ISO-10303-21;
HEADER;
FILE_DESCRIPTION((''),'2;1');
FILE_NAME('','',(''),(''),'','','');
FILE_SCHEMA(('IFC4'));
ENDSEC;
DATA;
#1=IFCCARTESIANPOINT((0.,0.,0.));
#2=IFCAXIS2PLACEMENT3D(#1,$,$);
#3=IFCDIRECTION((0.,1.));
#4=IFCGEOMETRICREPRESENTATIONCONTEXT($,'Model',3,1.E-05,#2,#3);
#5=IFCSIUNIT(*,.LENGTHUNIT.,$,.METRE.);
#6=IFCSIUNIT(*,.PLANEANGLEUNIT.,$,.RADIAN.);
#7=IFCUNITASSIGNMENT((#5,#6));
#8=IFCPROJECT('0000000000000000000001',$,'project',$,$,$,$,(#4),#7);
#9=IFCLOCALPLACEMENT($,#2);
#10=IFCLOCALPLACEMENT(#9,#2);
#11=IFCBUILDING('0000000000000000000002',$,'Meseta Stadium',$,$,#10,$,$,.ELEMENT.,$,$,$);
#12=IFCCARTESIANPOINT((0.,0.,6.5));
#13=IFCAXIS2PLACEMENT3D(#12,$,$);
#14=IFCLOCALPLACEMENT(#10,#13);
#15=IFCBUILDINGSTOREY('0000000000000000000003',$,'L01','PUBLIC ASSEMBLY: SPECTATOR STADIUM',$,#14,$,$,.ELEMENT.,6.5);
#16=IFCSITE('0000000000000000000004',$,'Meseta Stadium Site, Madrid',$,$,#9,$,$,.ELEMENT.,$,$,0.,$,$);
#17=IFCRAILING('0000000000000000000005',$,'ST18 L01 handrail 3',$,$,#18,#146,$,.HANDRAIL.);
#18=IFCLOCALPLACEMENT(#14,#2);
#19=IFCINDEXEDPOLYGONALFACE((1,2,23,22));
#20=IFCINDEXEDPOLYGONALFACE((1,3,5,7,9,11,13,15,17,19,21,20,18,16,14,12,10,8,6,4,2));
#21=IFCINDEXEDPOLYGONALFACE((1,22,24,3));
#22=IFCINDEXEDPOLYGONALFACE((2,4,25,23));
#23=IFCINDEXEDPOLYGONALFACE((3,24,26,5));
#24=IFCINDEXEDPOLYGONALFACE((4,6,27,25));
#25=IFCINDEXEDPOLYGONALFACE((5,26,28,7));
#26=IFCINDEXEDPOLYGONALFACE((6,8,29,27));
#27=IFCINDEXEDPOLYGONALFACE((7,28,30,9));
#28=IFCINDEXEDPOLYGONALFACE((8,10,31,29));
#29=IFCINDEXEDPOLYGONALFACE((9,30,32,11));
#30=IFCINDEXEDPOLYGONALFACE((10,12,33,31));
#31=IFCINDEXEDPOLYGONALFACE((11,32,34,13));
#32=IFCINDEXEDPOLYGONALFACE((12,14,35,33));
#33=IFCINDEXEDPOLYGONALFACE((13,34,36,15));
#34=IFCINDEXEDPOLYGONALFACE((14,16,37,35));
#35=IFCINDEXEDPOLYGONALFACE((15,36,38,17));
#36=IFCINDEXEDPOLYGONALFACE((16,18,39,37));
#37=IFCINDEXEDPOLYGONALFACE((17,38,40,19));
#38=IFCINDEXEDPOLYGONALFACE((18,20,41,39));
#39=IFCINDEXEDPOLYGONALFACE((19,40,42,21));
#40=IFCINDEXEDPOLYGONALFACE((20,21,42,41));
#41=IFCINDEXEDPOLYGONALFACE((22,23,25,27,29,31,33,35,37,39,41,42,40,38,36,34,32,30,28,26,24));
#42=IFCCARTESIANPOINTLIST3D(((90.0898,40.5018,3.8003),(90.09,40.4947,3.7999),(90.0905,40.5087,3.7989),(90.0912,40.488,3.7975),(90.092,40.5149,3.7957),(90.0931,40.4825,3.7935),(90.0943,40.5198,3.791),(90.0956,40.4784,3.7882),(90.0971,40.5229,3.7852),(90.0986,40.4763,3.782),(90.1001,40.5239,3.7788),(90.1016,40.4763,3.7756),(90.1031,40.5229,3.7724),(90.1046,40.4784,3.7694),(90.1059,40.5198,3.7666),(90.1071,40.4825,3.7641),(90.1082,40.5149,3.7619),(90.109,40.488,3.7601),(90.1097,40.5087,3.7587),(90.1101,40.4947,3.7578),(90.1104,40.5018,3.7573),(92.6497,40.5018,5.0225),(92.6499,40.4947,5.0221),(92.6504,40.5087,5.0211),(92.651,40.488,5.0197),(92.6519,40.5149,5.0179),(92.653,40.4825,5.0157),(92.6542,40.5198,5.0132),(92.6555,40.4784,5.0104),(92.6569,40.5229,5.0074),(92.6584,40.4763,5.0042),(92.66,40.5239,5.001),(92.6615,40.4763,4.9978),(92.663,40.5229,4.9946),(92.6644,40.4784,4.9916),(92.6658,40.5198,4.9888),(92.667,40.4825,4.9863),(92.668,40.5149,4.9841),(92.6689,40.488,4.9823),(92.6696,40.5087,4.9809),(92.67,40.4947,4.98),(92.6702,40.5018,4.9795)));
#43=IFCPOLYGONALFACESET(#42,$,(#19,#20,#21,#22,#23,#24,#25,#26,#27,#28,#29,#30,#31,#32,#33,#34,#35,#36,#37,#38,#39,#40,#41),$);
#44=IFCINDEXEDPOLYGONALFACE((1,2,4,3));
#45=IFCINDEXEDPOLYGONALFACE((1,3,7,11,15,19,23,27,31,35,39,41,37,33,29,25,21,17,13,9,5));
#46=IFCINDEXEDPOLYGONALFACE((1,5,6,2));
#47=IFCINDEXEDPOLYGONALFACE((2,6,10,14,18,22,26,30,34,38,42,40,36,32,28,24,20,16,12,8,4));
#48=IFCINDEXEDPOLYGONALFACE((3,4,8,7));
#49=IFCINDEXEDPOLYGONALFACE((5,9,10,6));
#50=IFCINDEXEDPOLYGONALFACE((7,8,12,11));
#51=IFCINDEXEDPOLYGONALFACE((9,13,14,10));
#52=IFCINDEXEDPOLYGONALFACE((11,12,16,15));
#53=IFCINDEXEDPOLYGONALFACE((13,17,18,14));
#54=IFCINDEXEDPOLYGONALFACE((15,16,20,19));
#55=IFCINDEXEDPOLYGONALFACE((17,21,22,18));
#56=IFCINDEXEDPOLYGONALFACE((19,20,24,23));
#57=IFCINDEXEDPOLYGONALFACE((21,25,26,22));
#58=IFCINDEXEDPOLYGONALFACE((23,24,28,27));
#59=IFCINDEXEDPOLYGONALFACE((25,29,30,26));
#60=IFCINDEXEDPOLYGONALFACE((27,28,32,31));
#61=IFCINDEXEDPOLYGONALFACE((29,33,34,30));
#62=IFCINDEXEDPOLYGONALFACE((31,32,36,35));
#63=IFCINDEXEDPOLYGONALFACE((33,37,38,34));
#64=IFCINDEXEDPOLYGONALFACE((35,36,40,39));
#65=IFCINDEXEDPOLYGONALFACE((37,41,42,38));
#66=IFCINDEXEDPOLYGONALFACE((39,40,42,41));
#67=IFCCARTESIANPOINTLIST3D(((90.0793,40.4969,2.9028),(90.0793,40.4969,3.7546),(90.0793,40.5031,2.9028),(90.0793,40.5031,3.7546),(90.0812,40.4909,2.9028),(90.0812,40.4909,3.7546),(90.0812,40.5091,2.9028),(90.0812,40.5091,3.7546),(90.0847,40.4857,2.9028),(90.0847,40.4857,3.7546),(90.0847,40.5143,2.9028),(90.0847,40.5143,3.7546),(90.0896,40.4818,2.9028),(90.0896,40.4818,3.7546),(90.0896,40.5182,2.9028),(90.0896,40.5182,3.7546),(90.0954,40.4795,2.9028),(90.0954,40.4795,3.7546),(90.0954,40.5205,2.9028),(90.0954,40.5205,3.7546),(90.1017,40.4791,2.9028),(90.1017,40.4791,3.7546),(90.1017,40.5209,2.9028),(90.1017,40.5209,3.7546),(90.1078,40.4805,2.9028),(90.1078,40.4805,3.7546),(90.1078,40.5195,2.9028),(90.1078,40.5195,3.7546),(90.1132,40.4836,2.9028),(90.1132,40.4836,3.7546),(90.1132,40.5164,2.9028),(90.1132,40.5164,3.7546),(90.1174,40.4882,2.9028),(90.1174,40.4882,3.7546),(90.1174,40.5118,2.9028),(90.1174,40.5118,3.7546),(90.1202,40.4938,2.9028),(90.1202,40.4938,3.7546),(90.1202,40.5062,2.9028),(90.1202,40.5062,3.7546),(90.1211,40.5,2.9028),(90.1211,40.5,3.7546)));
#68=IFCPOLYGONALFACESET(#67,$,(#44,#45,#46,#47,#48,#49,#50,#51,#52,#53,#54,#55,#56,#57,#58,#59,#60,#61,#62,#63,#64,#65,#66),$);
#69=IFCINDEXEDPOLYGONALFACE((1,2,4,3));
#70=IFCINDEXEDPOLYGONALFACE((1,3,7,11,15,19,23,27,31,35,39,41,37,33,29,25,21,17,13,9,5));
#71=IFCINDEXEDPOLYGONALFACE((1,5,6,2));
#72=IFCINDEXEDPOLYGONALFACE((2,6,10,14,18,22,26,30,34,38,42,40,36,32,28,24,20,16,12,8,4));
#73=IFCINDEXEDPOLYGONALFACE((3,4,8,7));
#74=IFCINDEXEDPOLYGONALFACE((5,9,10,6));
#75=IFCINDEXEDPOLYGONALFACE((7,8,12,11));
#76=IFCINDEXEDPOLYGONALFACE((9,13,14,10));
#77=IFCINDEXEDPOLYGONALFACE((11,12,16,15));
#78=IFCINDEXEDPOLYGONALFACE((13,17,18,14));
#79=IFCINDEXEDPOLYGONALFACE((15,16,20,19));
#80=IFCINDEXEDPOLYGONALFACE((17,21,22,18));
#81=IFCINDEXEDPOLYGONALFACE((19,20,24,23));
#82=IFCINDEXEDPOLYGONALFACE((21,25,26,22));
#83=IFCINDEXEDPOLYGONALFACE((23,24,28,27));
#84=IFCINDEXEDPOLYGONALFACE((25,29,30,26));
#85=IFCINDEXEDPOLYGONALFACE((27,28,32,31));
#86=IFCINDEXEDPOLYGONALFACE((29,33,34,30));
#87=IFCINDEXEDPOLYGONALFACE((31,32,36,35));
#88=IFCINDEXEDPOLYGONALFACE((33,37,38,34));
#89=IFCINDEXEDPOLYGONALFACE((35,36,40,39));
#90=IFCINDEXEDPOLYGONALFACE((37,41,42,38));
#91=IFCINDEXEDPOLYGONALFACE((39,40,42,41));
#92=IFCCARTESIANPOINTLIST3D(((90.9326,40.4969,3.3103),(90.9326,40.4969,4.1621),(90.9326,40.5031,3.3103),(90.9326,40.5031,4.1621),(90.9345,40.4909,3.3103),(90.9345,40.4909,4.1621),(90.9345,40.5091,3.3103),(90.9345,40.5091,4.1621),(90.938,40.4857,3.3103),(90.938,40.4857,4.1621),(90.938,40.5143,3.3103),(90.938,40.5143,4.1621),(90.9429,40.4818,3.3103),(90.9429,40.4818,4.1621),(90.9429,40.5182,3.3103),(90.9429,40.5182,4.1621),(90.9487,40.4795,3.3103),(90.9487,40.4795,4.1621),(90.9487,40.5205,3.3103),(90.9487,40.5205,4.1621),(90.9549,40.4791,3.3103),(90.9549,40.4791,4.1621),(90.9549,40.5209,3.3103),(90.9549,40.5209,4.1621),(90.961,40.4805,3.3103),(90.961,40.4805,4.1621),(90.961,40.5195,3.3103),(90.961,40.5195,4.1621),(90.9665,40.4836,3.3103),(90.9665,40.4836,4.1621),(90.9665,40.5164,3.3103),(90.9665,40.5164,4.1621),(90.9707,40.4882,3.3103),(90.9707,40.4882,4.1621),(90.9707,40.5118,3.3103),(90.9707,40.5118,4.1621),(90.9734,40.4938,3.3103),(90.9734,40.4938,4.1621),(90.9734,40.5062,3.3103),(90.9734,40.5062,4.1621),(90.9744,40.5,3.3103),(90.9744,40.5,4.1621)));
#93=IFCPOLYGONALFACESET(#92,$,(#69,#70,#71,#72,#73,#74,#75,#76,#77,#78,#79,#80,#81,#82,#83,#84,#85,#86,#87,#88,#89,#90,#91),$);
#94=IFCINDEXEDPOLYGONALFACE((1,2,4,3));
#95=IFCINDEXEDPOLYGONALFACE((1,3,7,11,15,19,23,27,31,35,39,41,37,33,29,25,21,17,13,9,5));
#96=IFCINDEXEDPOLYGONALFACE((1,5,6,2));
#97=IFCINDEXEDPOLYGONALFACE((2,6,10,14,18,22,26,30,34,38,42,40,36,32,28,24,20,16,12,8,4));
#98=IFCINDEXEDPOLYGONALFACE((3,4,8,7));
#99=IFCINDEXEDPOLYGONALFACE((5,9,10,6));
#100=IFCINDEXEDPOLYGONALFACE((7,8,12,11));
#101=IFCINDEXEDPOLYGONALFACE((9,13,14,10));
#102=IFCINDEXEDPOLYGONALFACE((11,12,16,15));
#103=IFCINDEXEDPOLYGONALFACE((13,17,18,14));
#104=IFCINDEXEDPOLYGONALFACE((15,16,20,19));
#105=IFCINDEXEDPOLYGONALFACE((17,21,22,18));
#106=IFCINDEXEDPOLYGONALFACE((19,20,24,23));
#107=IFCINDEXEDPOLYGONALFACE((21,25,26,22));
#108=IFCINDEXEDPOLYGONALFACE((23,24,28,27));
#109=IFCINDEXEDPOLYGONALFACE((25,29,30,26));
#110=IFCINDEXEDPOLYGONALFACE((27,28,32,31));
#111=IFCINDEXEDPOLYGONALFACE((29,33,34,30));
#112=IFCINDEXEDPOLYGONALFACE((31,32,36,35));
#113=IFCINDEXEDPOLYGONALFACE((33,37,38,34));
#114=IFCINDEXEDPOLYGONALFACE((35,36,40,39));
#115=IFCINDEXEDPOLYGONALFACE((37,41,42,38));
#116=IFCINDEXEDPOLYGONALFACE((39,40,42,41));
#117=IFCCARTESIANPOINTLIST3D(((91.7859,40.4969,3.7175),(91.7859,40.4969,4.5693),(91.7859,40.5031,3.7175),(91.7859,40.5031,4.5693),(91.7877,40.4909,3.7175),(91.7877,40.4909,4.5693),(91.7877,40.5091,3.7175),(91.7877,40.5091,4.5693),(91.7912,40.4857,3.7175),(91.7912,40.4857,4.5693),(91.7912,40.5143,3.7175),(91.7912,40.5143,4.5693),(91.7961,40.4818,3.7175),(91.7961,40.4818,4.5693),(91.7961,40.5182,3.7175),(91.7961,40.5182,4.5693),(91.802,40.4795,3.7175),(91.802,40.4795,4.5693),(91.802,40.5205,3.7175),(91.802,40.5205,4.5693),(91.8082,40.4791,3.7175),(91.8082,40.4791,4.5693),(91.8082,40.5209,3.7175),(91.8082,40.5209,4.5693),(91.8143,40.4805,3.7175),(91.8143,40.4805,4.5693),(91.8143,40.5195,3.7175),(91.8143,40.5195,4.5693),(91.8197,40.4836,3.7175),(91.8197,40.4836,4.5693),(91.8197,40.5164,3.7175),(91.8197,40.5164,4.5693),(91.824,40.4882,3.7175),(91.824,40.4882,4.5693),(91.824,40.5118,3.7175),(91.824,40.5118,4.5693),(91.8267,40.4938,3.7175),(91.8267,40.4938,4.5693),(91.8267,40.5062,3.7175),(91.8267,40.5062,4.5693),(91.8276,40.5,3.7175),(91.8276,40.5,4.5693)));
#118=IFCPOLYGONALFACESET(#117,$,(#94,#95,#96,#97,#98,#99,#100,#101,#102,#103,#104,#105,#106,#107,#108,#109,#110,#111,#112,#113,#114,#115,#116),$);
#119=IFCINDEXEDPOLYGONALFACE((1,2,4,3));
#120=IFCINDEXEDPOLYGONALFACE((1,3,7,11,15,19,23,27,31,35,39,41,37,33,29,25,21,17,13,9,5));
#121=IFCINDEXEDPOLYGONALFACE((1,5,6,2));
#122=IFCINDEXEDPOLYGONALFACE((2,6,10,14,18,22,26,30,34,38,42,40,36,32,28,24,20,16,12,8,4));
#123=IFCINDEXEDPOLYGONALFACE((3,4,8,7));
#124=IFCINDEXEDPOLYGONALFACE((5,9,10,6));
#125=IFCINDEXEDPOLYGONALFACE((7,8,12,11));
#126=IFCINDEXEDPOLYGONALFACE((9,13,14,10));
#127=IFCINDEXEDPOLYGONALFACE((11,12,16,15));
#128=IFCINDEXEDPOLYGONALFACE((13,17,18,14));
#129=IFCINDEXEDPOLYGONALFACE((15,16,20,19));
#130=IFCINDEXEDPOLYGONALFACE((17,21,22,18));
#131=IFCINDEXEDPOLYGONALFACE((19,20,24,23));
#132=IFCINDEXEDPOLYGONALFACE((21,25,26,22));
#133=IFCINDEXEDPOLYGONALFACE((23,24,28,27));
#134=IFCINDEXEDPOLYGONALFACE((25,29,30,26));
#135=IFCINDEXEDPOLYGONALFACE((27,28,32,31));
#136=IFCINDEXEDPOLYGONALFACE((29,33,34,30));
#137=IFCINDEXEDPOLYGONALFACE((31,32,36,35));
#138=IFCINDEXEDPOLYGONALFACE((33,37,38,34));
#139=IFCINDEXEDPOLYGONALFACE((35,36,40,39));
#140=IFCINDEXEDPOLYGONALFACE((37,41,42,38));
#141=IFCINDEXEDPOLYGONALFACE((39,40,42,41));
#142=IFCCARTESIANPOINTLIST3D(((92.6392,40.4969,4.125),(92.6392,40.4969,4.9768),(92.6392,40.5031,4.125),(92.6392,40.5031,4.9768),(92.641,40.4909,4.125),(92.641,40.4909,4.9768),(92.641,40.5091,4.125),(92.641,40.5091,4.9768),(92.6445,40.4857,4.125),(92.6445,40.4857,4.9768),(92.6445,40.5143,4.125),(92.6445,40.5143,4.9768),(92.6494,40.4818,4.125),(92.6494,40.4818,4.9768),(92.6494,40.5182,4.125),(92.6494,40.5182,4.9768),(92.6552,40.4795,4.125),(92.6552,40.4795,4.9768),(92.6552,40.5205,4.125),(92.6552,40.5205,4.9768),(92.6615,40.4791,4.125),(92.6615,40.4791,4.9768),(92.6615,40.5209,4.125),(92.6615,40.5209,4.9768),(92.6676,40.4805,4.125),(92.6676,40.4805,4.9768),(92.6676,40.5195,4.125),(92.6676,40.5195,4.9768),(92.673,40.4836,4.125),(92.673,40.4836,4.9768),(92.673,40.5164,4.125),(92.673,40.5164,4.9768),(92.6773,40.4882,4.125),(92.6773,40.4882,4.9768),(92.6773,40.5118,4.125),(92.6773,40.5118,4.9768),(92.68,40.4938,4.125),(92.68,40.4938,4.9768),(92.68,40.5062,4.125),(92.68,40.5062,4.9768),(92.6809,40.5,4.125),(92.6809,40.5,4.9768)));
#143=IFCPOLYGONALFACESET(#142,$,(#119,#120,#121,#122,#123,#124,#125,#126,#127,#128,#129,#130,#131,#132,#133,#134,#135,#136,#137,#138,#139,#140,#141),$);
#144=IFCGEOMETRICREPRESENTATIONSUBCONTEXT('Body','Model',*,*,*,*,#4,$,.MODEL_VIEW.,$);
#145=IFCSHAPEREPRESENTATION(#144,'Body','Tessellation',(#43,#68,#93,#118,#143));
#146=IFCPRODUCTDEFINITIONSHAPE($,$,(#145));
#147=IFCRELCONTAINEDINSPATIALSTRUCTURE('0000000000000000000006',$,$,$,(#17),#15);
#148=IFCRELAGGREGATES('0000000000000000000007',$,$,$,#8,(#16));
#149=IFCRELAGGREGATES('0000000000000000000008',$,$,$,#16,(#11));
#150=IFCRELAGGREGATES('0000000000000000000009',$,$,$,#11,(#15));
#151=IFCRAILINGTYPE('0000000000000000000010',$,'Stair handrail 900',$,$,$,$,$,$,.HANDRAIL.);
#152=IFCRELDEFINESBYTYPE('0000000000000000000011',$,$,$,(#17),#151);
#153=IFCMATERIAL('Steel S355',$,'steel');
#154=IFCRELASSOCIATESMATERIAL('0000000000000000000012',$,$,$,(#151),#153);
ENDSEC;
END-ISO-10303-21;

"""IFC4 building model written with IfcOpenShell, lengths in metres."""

from ifc_helpers import new_model, si_unit, direction, frame, origin, origin_2d, place, context, subcontext, project, spatial, circle, extrude, material, type_object, element, save


model = new_model("IFC4")

# Units and contexts
model_context = context("Model", 3, precision=1e-05, world=origin(), true_north=direction((0.0, 1.0)))
body_context = subcontext(model_context, "Body", "Model", "MODEL_VIEW")
ifc_project = project(units=[si_unit("LENGTHUNIT", "METRE"), si_unit("PLANEANGLEUNIT", "RADIAN")], contexts=[model_context])

# Site, building, storey
site_placement = place(None, origin())
site = spatial("IfcSite", under=ifc_project, at=site_placement, Name="Meseta Stadium Site, Madrid", CompositionType="ELEMENT", RefElevation=0.0)
building_placement = place(site_placement, origin())
building = spatial("IfcBuilding", under=site, at=building_placement, Name="Meseta Stadium", CompositionType="ELEMENT")
storey_placement = place(building_placement, frame((0.0, 0.0, 6.5)))
storey = spatial("IfcBuildingStorey", under=building, at=storey_placement, Name="L01", Description="PUBLIC ASSEMBLY: SPECTATOR STADIUM", CompositionType="ELEMENT", Elevation=6.5)

# Railing
ifc_material_1 = material(Name="Steel S355", Category="steel")
railing_type_1 = type_object("IfcRailingType", Name="Stair handrail 900", PredefinedType="HANDRAIL", material=ifc_material_1)
railing_1_placement = place(storey_placement, frame((90.1001, 40.5, 2.9028)))
element("IfcRailing", 1, at=railing_1_placement, inside=storey, type_object=railing_type_1, Name="ST18 L01 handrail 3", PredefinedType="HANDRAIL", context=body_context, shape_type="SweptSolid", body=[
    extrude(circle(Radius=0.0239, at=origin_2d()), frame((0.0, 0.0, 0.876), z_axis=(0.902421, 0.0, 0.430855), x_axis=(0.0, 1.0, 0.0)), (0.0, 0.0, 1.0), 2.8367),
    extrude(circle(Radius=0.021, at=origin_2d()), origin(), (0.0, 0.0, 1.0), 0.8518),
    extrude(circle(Radius=0.021, at=origin_2d()), frame((0.8533, 0.0, 0.4075)), (0.0, 0.0, 1.0), 0.8518),
    extrude(circle(Radius=0.021, at=origin_2d()), frame((1.7065, 0.0, 0.8147)), (0.0, 0.0, 1.0), 0.8518),
    extrude(circle(Radius=0.021, at=origin_2d()), frame((2.5598, 0.0, 1.2222)), (0.0, 0.0, 1.0), 0.8518),
])

save(model, "model.ifc")
